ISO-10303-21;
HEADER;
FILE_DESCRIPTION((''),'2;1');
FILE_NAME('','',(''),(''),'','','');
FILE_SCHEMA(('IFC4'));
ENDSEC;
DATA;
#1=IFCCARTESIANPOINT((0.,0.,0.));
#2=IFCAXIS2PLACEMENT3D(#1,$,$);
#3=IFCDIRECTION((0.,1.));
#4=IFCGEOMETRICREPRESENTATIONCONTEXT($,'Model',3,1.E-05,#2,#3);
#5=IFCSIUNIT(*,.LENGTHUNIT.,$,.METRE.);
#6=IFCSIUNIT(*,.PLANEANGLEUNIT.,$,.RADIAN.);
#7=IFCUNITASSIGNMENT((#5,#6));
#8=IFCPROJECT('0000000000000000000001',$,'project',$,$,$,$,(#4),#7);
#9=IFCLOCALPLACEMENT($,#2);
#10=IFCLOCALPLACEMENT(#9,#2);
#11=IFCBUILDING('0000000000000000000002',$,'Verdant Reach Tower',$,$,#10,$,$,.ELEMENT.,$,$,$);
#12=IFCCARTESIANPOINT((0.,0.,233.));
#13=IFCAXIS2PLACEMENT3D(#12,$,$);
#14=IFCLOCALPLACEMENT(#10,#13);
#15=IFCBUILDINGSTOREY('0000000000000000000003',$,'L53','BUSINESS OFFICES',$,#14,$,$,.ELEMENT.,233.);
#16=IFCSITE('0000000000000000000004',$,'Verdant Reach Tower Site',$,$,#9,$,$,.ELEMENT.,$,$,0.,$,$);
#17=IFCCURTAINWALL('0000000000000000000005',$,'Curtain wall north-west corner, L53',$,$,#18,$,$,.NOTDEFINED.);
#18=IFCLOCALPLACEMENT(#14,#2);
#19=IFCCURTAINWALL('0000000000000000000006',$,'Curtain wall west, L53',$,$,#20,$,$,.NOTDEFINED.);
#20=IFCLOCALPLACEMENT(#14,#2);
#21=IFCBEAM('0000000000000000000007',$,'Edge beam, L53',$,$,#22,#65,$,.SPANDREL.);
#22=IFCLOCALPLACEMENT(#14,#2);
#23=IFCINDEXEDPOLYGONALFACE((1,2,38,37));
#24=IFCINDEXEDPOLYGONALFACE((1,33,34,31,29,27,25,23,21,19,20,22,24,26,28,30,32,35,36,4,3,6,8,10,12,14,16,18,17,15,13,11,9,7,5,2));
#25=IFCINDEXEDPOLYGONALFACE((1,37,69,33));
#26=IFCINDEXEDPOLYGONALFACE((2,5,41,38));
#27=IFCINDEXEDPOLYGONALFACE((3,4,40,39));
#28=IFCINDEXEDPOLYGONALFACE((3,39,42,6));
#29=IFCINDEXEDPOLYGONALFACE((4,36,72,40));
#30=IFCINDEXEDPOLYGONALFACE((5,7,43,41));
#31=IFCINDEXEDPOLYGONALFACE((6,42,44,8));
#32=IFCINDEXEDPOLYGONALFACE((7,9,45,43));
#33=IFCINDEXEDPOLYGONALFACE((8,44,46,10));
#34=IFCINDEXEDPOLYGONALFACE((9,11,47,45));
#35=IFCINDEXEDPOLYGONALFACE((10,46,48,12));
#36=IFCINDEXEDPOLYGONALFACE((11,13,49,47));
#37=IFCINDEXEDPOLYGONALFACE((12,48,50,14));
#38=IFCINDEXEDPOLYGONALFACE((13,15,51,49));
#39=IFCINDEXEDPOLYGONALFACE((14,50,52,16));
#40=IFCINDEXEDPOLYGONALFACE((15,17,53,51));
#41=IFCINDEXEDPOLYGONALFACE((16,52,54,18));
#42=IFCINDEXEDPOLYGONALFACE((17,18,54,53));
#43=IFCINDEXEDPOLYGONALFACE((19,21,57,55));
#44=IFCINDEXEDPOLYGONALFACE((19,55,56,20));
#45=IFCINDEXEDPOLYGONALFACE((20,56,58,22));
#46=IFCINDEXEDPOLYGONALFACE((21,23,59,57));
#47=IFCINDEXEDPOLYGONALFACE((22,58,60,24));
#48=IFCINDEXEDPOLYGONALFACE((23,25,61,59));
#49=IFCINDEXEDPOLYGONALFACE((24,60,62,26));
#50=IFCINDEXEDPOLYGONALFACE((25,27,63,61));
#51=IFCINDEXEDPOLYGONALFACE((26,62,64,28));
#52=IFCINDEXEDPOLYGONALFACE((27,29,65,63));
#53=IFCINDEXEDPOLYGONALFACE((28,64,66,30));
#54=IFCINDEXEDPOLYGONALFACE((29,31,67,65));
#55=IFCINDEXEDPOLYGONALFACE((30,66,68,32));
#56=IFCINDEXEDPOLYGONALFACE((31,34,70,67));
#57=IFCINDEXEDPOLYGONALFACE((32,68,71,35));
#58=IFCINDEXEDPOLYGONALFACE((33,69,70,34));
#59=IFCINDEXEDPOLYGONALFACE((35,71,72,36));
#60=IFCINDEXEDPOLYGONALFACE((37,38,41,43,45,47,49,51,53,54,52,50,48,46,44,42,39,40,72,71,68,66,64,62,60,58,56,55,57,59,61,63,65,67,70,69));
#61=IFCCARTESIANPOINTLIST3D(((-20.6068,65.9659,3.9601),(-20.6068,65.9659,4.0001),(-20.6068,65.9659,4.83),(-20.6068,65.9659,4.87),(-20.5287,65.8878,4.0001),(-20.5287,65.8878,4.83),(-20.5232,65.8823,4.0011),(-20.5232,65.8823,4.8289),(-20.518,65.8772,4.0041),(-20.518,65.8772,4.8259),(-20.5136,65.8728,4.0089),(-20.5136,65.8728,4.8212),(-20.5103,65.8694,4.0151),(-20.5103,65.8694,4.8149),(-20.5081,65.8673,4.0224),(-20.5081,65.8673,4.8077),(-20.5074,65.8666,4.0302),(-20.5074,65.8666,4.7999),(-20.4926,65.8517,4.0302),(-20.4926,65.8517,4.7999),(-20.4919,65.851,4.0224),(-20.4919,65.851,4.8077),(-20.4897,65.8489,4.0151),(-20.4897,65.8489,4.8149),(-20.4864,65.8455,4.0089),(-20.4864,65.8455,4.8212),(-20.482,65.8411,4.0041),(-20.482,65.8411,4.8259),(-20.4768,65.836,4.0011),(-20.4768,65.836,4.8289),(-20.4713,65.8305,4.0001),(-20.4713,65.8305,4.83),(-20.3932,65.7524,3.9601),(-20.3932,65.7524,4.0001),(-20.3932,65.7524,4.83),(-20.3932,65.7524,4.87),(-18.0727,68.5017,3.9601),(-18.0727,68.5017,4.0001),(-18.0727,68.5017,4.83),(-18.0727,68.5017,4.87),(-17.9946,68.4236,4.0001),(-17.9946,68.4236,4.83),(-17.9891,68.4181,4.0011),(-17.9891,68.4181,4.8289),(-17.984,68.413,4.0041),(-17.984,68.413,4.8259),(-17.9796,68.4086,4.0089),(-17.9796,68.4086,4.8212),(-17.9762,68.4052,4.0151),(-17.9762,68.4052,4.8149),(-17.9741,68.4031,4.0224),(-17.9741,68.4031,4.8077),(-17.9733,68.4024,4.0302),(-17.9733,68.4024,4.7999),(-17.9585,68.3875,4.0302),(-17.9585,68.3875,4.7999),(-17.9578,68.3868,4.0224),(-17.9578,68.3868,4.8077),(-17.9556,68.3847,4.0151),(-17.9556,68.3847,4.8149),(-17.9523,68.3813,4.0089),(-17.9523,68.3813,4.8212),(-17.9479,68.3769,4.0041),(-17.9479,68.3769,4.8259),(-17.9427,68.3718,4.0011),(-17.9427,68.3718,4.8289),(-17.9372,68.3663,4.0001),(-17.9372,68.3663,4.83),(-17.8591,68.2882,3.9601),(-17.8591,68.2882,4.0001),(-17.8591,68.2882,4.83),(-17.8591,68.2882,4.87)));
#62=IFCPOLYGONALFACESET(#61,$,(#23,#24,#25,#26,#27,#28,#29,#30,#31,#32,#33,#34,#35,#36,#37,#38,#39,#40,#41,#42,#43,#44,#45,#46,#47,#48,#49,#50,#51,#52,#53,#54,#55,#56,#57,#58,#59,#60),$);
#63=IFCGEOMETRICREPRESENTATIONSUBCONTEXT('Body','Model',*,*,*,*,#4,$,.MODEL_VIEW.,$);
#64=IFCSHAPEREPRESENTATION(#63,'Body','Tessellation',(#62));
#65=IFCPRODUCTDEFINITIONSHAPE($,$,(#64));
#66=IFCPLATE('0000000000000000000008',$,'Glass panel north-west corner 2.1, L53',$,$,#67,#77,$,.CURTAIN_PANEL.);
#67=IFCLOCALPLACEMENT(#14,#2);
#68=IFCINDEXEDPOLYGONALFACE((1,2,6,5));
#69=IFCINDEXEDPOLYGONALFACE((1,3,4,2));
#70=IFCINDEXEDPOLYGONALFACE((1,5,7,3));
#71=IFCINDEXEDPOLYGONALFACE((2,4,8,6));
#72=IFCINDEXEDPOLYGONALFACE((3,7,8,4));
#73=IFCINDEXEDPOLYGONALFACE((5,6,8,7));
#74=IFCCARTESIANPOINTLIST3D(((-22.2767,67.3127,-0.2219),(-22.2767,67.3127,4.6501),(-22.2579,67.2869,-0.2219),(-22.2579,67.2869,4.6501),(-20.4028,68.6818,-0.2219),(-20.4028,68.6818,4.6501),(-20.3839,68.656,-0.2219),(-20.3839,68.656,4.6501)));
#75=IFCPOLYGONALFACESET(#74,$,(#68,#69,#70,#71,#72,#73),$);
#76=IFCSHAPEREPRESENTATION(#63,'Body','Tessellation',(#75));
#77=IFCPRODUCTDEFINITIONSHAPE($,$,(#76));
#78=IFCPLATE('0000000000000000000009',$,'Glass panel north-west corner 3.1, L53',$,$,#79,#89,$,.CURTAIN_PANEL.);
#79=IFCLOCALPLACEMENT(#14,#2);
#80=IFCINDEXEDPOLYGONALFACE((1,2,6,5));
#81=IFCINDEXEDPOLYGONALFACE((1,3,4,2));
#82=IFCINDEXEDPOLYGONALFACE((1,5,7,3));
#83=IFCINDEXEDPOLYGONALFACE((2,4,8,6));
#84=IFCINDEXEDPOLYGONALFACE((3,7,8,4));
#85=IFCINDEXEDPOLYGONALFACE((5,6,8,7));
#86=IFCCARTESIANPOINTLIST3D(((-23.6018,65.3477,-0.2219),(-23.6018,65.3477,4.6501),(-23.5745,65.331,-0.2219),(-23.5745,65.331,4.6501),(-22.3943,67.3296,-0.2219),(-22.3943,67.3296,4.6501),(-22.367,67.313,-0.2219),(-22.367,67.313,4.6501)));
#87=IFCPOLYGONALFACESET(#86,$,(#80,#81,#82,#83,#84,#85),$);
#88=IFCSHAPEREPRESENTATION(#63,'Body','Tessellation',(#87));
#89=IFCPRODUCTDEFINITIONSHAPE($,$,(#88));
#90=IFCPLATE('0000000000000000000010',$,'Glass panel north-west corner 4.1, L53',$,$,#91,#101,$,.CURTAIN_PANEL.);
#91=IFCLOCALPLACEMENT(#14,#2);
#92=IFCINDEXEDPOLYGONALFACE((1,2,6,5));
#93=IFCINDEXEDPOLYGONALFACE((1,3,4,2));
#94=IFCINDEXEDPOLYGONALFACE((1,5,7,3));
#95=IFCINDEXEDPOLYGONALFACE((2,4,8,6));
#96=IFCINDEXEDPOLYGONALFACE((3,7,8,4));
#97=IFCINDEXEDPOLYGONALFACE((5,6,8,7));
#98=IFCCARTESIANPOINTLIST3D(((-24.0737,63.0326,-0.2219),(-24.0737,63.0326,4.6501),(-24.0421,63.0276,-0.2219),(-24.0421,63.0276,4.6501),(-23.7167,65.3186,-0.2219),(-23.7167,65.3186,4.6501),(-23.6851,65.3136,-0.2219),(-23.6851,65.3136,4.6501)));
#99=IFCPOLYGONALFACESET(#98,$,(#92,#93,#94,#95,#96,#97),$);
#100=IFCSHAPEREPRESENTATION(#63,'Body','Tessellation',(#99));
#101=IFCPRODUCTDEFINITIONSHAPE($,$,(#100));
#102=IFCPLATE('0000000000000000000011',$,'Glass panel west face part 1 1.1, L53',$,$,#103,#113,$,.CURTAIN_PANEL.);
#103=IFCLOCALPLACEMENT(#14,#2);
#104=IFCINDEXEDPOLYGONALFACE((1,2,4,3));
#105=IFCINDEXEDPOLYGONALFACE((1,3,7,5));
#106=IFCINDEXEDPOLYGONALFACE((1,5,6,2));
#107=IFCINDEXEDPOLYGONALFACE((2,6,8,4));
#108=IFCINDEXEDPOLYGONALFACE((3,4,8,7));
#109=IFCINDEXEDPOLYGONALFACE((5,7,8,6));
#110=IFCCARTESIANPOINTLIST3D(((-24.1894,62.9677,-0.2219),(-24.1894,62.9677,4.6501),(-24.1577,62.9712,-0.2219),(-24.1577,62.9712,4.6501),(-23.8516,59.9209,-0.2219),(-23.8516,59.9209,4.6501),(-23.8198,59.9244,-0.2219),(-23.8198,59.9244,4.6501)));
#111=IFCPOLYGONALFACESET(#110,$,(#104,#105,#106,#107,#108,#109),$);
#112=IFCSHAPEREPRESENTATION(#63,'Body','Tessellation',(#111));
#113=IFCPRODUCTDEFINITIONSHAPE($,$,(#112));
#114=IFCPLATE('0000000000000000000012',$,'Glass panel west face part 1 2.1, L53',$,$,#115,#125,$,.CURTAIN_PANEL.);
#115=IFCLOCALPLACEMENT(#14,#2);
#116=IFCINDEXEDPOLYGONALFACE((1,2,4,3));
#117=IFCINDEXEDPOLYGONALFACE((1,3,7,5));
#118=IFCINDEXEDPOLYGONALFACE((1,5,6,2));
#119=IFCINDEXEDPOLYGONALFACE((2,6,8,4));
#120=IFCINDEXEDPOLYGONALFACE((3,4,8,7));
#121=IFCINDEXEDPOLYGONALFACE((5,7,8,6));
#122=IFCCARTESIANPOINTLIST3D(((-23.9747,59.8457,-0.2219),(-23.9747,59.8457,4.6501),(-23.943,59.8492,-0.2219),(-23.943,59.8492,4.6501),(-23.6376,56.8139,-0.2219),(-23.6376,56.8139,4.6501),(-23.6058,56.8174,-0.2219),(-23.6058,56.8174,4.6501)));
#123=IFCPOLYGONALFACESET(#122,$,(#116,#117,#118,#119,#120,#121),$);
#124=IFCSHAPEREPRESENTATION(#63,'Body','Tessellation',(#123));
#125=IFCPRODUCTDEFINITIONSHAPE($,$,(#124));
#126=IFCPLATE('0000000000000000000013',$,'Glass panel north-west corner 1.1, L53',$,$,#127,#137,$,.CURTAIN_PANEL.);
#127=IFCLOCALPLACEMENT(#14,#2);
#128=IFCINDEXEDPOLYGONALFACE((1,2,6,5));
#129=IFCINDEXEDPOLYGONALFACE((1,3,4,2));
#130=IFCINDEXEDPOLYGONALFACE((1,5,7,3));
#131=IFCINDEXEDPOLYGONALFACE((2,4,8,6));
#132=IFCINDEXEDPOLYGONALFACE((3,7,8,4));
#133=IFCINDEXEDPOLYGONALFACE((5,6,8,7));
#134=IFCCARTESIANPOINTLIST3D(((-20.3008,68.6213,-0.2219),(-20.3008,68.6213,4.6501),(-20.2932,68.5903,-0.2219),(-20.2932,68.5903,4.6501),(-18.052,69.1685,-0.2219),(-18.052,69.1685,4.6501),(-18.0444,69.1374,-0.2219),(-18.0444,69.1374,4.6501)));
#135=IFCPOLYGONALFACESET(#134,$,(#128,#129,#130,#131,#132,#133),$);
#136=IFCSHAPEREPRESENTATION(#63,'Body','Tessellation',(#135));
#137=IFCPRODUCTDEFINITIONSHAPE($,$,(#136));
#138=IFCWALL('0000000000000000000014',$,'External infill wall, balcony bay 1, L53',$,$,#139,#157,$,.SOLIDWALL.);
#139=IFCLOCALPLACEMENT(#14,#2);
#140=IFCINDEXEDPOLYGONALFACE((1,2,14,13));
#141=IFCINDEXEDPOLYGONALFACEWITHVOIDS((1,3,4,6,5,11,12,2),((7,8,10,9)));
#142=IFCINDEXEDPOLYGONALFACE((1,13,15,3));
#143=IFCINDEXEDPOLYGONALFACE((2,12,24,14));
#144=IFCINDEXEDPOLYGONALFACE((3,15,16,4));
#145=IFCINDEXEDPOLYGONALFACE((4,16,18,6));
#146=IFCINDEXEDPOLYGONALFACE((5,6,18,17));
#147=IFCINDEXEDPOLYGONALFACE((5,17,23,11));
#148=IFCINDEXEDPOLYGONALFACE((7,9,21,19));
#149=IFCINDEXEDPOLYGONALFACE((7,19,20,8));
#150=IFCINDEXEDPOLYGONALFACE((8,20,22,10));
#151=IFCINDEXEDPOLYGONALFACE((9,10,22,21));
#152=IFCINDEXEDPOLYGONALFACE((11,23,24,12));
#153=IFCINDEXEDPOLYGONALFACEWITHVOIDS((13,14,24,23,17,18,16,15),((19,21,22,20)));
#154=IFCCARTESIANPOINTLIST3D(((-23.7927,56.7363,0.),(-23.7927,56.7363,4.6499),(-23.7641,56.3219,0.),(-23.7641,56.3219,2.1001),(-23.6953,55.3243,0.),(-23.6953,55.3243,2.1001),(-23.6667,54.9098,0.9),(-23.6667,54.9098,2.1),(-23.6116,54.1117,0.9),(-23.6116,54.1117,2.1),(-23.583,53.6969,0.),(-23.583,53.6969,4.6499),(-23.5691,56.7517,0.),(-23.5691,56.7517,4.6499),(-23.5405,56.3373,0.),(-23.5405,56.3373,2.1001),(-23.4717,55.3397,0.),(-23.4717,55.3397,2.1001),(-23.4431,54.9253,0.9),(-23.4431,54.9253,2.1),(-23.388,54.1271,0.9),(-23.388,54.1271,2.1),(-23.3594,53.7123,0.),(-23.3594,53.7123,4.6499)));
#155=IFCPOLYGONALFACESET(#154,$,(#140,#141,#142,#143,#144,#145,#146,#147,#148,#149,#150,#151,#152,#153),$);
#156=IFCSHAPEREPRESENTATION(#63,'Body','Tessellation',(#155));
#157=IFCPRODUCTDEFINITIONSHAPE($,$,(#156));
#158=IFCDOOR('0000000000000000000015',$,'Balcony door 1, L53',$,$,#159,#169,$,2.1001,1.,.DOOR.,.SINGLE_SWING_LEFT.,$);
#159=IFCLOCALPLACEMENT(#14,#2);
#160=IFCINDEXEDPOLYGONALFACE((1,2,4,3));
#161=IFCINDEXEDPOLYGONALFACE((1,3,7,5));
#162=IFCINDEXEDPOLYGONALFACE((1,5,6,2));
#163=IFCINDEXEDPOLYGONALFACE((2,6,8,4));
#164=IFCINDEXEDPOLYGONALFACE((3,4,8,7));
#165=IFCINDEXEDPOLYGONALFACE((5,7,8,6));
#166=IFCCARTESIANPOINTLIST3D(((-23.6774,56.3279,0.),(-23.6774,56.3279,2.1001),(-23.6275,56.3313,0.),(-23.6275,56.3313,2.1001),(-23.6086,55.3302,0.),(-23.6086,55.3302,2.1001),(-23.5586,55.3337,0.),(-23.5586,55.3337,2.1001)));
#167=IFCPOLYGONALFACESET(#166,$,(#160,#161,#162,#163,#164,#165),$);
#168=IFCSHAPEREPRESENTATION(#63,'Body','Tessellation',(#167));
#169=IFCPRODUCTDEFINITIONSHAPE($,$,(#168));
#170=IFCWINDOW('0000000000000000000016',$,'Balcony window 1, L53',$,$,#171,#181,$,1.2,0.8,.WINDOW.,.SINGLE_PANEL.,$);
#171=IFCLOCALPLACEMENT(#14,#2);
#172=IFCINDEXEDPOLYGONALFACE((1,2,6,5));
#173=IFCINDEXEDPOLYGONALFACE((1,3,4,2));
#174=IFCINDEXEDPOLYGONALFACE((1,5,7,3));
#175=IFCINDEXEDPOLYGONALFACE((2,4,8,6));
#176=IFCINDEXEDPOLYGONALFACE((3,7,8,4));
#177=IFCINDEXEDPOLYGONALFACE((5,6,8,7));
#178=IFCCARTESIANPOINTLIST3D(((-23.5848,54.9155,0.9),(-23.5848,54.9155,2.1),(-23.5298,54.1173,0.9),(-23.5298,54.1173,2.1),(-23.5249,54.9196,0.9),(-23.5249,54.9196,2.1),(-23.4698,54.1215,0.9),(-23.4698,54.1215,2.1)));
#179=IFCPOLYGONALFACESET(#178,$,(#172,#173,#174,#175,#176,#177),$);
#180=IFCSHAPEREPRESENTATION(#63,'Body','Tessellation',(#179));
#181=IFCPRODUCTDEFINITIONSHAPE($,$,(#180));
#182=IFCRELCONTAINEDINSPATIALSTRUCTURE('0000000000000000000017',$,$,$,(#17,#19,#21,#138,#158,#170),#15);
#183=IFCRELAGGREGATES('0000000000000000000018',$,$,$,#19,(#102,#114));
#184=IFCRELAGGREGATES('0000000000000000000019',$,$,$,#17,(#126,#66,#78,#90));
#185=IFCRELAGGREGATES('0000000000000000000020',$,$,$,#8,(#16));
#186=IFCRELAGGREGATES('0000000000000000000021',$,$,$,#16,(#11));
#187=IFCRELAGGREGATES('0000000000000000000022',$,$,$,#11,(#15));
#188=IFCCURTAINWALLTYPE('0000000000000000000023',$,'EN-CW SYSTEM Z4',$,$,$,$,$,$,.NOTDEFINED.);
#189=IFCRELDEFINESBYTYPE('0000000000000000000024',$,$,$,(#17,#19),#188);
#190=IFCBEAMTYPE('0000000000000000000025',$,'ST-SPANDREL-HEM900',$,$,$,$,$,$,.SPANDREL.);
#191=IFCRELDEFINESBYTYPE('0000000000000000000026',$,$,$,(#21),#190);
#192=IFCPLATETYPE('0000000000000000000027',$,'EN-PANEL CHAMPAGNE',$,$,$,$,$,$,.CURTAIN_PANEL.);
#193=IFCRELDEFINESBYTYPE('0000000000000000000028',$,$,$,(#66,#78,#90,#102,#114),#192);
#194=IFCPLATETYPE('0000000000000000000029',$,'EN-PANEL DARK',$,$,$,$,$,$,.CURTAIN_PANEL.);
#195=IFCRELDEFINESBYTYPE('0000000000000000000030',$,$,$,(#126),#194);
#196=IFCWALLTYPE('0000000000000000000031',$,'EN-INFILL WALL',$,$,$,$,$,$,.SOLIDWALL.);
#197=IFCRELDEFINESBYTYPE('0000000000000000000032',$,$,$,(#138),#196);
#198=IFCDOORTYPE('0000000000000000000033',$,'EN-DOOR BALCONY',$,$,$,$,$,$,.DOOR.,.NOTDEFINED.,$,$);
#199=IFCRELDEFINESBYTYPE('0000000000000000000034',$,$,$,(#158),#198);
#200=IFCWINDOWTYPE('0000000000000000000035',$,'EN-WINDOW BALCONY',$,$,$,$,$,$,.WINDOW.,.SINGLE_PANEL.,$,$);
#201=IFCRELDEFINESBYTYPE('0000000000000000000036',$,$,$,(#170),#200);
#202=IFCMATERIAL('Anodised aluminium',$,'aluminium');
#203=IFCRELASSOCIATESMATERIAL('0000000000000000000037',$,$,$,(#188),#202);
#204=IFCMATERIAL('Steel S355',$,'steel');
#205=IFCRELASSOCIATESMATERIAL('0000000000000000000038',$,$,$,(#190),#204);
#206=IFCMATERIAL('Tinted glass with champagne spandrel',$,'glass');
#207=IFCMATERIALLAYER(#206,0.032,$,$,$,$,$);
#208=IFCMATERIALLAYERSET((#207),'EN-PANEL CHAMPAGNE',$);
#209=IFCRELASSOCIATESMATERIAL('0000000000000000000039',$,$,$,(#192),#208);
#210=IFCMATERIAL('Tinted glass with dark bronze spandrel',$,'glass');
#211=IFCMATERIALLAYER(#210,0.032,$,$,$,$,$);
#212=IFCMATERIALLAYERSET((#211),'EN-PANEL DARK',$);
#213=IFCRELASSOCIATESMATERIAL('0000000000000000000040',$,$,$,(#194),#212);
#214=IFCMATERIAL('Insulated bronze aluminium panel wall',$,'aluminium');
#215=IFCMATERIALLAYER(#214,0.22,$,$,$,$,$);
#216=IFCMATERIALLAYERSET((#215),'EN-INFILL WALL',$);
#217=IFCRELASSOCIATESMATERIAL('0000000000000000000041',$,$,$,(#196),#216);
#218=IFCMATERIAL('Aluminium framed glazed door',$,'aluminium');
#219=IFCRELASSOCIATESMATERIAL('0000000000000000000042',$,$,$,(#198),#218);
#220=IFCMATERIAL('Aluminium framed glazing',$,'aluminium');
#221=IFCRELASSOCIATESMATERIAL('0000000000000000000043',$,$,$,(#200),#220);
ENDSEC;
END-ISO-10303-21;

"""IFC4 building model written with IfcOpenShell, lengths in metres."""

from ifc_helpers import new_model, si_unit, direction, frame, frame_2d, origin, origin_2d, place, context, subcontext, project, spatial, rectangle, i_section, extrude, material, layer, layer_set, material_profile, profile_set, type_object, element, fill, aggregate, save


model = new_model("IFC4")

# Units and contexts
model_context = context("Model", 3, precision=1e-05, world=origin(), true_north=direction((0.0, 1.0)))
body_context = subcontext(model_context, "Body", "Model", "MODEL_VIEW")
ifc_project = project(units=[si_unit("LENGTHUNIT", "METRE"), si_unit("PLANEANGLEUNIT", "RADIAN")], contexts=[model_context])

# Site, building, storey
site_placement = place(None, origin())
site = spatial("IfcSite", under=ifc_project, at=site_placement, Name="Verdant Reach Tower Site", CompositionType="ELEMENT", RefElevation=0.0)
building_placement = place(site_placement, origin())
building = spatial("IfcBuilding", under=site, at=building_placement, Name="Verdant Reach Tower", CompositionType="ELEMENT")
storey_placement = place(building_placement, frame((0.0, 0.0, 233.0)))
storey = spatial("IfcBuildingStorey", under=building, at=storey_placement, Name="L53", Description="BUSINESS OFFICES", CompositionType="ELEMENT", Elevation=233.0)

# Curtain walls
ifc_material_1 = material(Name="Anodised aluminium", Category="aluminium")
curtain_wall_type = type_object("IfcCurtainWallType", Name="EN-CW SYSTEM Z4", PredefinedType="NOTDEFINED", material=ifc_material_1)
curtain_wall_1_placement = place(storey_placement, origin())
curtain_wall_1 = element("IfcCurtainWall", 1, at=curtain_wall_1_placement, inside=storey, type_object=curtain_wall_type, Name="Curtain wall north-west corner, L53", PredefinedType="NOTDEFINED")
curtain_wall_2_placement = place(storey_placement, origin())
curtain_wall_2 = element("IfcCurtainWall", 2, at=curtain_wall_2_placement, inside=storey, type_object=curtain_wall_type, Name="Curtain wall west, L53", PredefinedType="NOTDEFINED")

# Beam
ifc_material_2 = material(Name="Steel S355", Category="steel")
ifc_material_profile_1 = material_profile(ifc_material_2, i_section(OverallWidth=0.302, OverallDepth=0.9099, WebThickness=0.021, FlangeThickness=0.04, FilletRadius=0.03, at=origin_2d()), Name="HEM 900")
ifc_profile_set_1 = profile_set([ifc_material_profile_1], Name="Steel S355")
beam_type = type_object("IfcBeamType", Name="ST-SPANDREL-HEM900", PredefinedType="SPANDREL", material=ifc_profile_set_1)
beam_1_placement = place(storey_placement, frame((-20.5, 65.8591, 4.415), z_axis=(0.706868, 0.707345, 0.0), x_axis=(-0.707345, 0.706868, 0.0)))
element("IfcBeam", 3, at=beam_1_placement, inside=storey, type_object=beam_type, Name="Edge beam, L53", PredefinedType="SPANDREL", context=body_context, shape_type="SweptSolid", body=[
    extrude(i_section(OverallWidth=0.302, OverallDepth=0.9099, WebThickness=0.021, FlangeThickness=0.04, FilletRadius=0.03, at=origin_2d()), origin(), (0.0, 0.0, 1.0), 3.585),
])

# Plates
ifc_material_3 = material(Name="Tinted glass with champagne spandrel", Category="glass")
ifc_layer_1 = layer(ifc_material_3, 0.032)
ifc_layer_set_1 = layer_set([ifc_layer_1], Name="EN-PANEL CHAMPAGNE")
plate_type_1 = type_object("IfcPlateType", Name="EN-PANEL CHAMPAGNE", PredefinedType="CURTAIN_PANEL", material=ifc_layer_set_1)
plate_1_placement = place(storey_placement, frame((-21.3303, 67.9844, -0.2219), z_axis=(0.0, 0.0, 1.0), x_axis=(-0.807457, -0.589927, 0.0)))
plate_1 = element("IfcPlate", 4, at=plate_1_placement, type_object=plate_type_1, Name="Glass panel north-west corner 2.1, L53", PredefinedType="CURTAIN_PANEL", context=body_context, shape_type="SweptSolid", body=[
    extrude(rectangle(XDim=2.3208, YDim=0.032, at=origin_2d()), origin(), (0.0, 0.0, 1.0), 4.8721),
])
plate_2_placement = place(storey_placement, frame((-22.9844, 66.3303, -0.2219), z_axis=(0.0, 0.0, 1.0), x_axis=(-0.520292, -0.853989, 0.0)))
plate_2 = element("IfcPlate", 5, at=plate_2_placement, type_object=plate_type_1, Name="Glass panel north-west corner 3.1, L53", PredefinedType="CURTAIN_PANEL", context=body_context, shape_type="SweptSolid", body=[
    extrude(rectangle(XDim=2.3208, YDim=0.032, at=origin_2d()), origin(), (0.0, 0.0, 1.0), 4.8721),
])
plate_3_placement = place(storey_placement, frame((-23.8794, 64.1731, -0.2219), z_axis=(0.0, 0.0, 1.0), x_axis=(-0.154325, -0.98802, 0.0)))
plate_3 = element("IfcPlate", 6, at=plate_3_placement, type_object=plate_type_1, Name="Glass panel north-west corner 4.1, L53", PredefinedType="CURTAIN_PANEL", context=body_context, shape_type="SweptSolid", body=[
    extrude(rectangle(XDim=2.3137, YDim=0.032, at=origin_2d()), origin(), (0.0, 0.0, 1.0), 4.8721),
])
plate_4_placement = place(storey_placement, frame((-24.0046, 61.446, -0.2219), z_axis=(0.0, 0.0, 1.0), x_axis=(0.110206, -0.993909, 0.0)))
plate_4 = element("IfcPlate", 7, at=plate_4_placement, type_object=plate_type_1, Name="Glass panel west face part 1 1.1, L53", PredefinedType="CURTAIN_PANEL", context=body_context, shape_type="SweptSolid", body=[
    extrude(rectangle(XDim=3.0654, YDim=0.032, at=origin_2d()), origin(), (0.0, 0.0, 1.0), 4.8721),
])
plate_5_placement = place(storey_placement, frame((-23.7903, 58.3315, -0.2219), z_axis=(0.0, 0.0, 1.0), x_axis=(0.110518, -0.993874, 0.0)))
plate_5 = element("IfcPlate", 8, at=plate_5_placement, type_object=plate_type_1, Name="Glass panel west face part 1 2.1, L53", PredefinedType="CURTAIN_PANEL", context=body_context, shape_type="SweptSolid", body=[
    extrude(rectangle(XDim=3.0505, YDim=0.032, at=origin_2d()), origin(), (0.0, 0.0, 1.0), 4.8721),
])
aggregate(curtain_wall_2, [plate_4, plate_5])
ifc_material_4 = material(Name="Tinted glass with dark bronze spandrel", Category="glass")
ifc_layer_2 = layer(ifc_material_4, 0.032)
ifc_layer_set_2 = layer_set([ifc_layer_2], Name="EN-PANEL DARK")
plate_type_2 = type_object("IfcPlateType", Name="EN-PANEL DARK", PredefinedType="CURTAIN_PANEL", material=ifc_layer_set_2)
plate_6_placement = place(storey_placement, frame((-19.1726, 68.8794, -0.2219), z_axis=(0.0, 0.0, 1.0), x_axis=(-0.971652, -0.236414, 0.0)))
plate_6 = element("IfcPlate", 9, at=plate_6_placement, type_object=plate_type_2, Name="Glass panel north-west corner 1.1, L53", PredefinedType="CURTAIN_PANEL", context=body_context, shape_type="SweptSolid", body=[
    extrude(rectangle(XDim=2.3145, YDim=0.032, at=origin_2d()), origin(), (0.0, 0.0, 1.0), 4.8721),
])
aggregate(curtain_wall_1, [plate_6, plate_1, plate_2, plate_3])

# Wall, openings, door, window
ifc_material_5 = material(Name="Insulated bronze aluminium panel wall", Category="aluminium")
ifc_layer_3 = layer(ifc_material_5, 0.22)
ifc_layer_set_3 = layer_set([ifc_layer_3], Name="EN-INFILL WALL")
wall_type_1 = type_object("IfcWallType", Name="EN-INFILL WALL", PredefinedType="SOLIDWALL", material=ifc_layer_set_3)
wall_1_placement = place(storey_placement, frame((-23.6809, 56.7441, 0.0), z_axis=(0.0, 0.0, 1.0), x_axis=(0.068838, -0.997628, 0.0)))
wall_1 = element("IfcWall", 10, at=wall_1_placement, inside=storey, type_object=wall_type_1, Name="External infill wall, balcony bay 1, L53", PredefinedType="SOLIDWALL", context=body_context, shape_type="SweptSolid", body=[
    extrude(rectangle(XDim=3.0466, YDim=0.2241, at=frame_2d((1.5234, 0.0))), origin(), (0.0, 0.0, 1.0), 4.6499),
])
opening_1_placement = place(wall_1_placement, frame((0.4155, 0.0, 0.0)))
opening_1 = element("IfcOpeningElement", 11, at=opening_1_placement, cuts=wall_1, PredefinedType="OPENING", context=body_context, shape_type="SweptSolid", body=[
    extrude(rectangle(XDim=1.0, YDim=2.1001, at=frame_2d((0.5, 1.05))), frame((0.0, 0.1221, 0.0), z_axis=(0.0, -1.0, 0.0), x_axis=(1.0, 0.0, 0.0)), (0.0, 0.0, 1.0), 0.2441),
])
opening_2_placement = place(wall_1_placement, frame((1.8311, 0.0, 0.8999)))
opening_2 = element("IfcOpeningElement", 12, at=opening_2_placement, cuts=wall_1, PredefinedType="OPENING", context=body_context, shape_type="SweptSolid", body=[
    extrude(rectangle(XDim=0.8, YDim=1.2, at=frame_2d((0.3999, 0.6001))), frame((0.0, 0.1221, 0.0), z_axis=(0.0, -1.0, 0.0), x_axis=(1.0, 0.0, 0.0)), (0.0, 0.0, 1.0), 0.2441),
])
ifc_material_6 = material(Name="Aluminium framed glazed door", Category="aluminium")
door_type_1 = type_object("IfcDoorType", Name="EN-DOOR BALCONY", OperationType="NOTDEFINED", PredefinedType="DOOR", material=ifc_material_6)
door_1_placement = place(opening_1_placement, origin())
door_1 = element("IfcDoor", 13, at=door_1_placement, inside=storey, type_object=door_type_1, Name="Balcony door 1, L53", OperationType="SINGLE_SWING_LEFT", OverallHeight=2.1001, OverallWidth=1.0, PredefinedType="DOOR", context=body_context, shape_type="SweptSolid", body=[
    extrude(rectangle(XDim=1.0, YDim=2.1001, at=frame_2d((0.5, 1.05))), frame((0.0, 0.0249, 0.0), z_axis=(0.0, -1.0, 0.0), x_axis=(1.0, 0.0, 0.0)), (0.0, 0.0, 1.0), 0.05),
])
fill(opening_1, door_1)
ifc_material_7 = material(Name="Aluminium framed glazing", Category="aluminium")
window_type = type_object("IfcWindowType", Name="EN-WINDOW BALCONY", PartitioningType="SINGLE_PANEL", PredefinedType="WINDOW", material=ifc_material_7)
window_placement = place(opening_2_placement, origin())
window = element("IfcWindow", 14, at=window_placement, inside=storey, type_object=window_type, Name="Balcony window 1, L53", OverallHeight=1.2, OverallWidth=0.8, PartitioningType="SINGLE_PANEL", PredefinedType="WINDOW", context=body_context, shape_type="SweptSolid", body=[
    extrude(rectangle(XDim=0.8, YDim=1.2, at=frame_2d((0.3999, 0.6001))), frame((0.0, 0.03, 0.0), z_axis=(0.0, -1.0, 0.0), x_axis=(1.0, 0.0, 0.0)), (0.0, 0.0, 1.0), 0.0601),
])
fill(opening_2, window)

save(model, "model.ifc")
